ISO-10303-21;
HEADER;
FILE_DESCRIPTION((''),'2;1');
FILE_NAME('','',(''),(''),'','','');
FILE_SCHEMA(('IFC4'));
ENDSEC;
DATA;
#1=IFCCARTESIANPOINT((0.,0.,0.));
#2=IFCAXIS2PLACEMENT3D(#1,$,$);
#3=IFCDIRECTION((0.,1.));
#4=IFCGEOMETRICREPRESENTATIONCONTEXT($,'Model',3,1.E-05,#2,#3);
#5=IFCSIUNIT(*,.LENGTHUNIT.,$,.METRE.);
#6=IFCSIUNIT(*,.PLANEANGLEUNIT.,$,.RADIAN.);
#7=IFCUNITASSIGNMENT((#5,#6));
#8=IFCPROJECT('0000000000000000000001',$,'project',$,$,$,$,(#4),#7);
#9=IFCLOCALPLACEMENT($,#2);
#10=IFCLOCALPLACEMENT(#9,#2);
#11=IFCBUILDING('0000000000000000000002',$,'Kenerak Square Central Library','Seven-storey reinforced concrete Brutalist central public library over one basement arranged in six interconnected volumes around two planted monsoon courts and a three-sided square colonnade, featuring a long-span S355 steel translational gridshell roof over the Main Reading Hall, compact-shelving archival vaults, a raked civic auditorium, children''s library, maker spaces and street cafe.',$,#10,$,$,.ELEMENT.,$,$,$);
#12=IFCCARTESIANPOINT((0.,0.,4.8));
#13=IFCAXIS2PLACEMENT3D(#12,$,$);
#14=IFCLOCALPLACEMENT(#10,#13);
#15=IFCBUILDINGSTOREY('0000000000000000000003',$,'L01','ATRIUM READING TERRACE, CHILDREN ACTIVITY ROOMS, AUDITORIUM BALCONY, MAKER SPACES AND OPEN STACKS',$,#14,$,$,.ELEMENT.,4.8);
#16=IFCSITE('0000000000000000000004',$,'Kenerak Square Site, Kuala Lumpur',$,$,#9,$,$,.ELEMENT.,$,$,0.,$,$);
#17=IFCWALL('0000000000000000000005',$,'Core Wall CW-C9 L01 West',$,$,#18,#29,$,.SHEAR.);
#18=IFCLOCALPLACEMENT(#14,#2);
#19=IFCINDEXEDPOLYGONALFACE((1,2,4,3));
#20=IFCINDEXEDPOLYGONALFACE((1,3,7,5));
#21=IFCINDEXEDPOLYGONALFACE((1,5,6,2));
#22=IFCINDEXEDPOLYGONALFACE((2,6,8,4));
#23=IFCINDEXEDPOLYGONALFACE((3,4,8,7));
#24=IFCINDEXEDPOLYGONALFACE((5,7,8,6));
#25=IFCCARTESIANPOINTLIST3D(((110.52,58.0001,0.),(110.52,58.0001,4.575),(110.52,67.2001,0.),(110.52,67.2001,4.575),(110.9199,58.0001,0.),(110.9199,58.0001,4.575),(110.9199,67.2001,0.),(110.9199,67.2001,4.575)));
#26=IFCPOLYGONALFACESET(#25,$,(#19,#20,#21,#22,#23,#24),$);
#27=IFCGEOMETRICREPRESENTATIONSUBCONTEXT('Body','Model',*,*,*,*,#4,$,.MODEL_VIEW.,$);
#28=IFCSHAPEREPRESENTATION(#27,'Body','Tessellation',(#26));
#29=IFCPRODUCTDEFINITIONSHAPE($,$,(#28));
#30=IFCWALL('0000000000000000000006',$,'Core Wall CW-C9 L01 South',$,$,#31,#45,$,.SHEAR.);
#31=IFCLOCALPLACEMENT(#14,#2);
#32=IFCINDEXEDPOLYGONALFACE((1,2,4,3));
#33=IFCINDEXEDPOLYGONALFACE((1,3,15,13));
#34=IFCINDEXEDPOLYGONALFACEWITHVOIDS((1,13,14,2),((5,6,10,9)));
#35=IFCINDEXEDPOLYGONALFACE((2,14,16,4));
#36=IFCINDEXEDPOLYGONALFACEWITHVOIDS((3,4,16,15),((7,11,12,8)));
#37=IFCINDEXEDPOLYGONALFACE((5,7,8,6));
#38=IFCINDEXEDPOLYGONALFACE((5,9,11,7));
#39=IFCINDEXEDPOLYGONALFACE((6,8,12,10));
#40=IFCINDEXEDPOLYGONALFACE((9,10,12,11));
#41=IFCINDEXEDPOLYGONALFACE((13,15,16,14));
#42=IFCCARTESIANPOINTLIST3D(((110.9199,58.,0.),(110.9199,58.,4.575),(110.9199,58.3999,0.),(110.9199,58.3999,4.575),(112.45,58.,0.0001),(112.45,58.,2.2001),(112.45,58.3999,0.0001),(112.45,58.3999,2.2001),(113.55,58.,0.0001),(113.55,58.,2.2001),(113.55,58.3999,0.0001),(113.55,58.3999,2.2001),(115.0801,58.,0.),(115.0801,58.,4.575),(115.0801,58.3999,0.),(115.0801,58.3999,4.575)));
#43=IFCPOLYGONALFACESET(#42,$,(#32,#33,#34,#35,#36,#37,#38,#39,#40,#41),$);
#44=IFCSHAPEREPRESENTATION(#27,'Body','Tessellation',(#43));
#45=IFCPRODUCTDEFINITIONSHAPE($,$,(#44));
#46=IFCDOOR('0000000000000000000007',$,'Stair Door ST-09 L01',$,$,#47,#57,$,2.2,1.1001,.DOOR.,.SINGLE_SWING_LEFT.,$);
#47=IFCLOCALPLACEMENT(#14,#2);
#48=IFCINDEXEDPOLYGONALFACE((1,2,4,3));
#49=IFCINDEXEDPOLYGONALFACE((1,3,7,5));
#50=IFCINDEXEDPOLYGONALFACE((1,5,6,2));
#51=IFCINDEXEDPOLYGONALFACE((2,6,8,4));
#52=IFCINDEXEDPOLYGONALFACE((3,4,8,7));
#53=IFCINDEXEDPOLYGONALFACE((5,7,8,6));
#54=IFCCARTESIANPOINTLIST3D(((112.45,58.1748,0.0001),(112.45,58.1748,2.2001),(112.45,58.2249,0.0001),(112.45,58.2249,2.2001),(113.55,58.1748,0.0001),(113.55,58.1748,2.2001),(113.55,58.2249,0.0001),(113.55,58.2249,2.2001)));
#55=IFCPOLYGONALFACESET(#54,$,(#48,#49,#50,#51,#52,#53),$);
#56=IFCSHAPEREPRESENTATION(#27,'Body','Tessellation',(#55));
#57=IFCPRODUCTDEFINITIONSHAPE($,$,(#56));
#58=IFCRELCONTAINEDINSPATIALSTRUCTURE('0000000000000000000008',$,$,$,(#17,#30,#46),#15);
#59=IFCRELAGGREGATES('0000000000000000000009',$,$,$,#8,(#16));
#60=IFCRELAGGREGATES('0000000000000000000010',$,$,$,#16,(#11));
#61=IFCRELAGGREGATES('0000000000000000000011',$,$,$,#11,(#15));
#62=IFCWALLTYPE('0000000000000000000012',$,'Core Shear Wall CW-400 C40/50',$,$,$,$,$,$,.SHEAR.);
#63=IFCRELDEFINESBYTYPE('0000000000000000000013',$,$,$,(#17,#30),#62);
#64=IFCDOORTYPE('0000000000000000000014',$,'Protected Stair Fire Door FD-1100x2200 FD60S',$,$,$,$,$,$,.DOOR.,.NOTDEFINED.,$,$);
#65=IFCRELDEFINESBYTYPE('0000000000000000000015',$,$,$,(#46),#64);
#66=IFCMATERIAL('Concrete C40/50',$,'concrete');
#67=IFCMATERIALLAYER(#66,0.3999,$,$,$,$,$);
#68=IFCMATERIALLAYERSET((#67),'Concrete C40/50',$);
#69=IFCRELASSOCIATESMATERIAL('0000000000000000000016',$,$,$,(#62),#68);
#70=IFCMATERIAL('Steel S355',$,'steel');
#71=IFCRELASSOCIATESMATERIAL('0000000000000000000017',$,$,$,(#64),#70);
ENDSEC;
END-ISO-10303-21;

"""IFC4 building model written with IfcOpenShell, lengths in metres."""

from ifc_helpers import new_model, si_unit, direction, frame, frame_2d, origin, place, context, subcontext, project, spatial, rectangle, extrude, material, layer, layer_set, type_object, element, fill, save


model = new_model("IFC4")

# Units and contexts
model_context = context("Model", 3, precision=1e-05, world=origin(), true_north=direction((0.0, 1.0)))
body_context = subcontext(model_context, "Body", "Model", "MODEL_VIEW")
ifc_project = project(units=[si_unit("LENGTHUNIT", "METRE"), si_unit("PLANEANGLEUNIT", "RADIAN")], contexts=[model_context])

# Site, building, storey
site_placement = place(None, origin())
site = spatial("IfcSite", under=ifc_project, at=site_placement, Name="Kenerak Square Site, Kuala Lumpur", CompositionType="ELEMENT", RefElevation=0.0)
building_placement = place(site_placement, origin())
building = spatial("IfcBuilding", under=site, at=building_placement, Name="Kenerak Square Central Library", Description="Seven-storey reinforced concrete Brutalist central public library over one basement arranged in six interconnected volumes around two planted monsoon courts and a three-sided square colonnade, featuring a long-span S355 steel translational gridshell roof over the Main Reading Hall, compact-shelving archival vaults, a raked civic auditorium, children's library, maker spaces and street cafe.", CompositionType="ELEMENT")
storey_placement = place(building_placement, frame((0.0, 0.0, 4.8)))
storey = spatial("IfcBuildingStorey", under=building, at=storey_placement, Name="L01", Description="ATRIUM READING TERRACE, CHILDREN ACTIVITY ROOMS, AUDITORIUM BALCONY, MAKER SPACES AND OPEN STACKS", CompositionType="ELEMENT", Elevation=4.8)

# Shared definitions
ifc_material_1 = material(Name="Concrete C40/50", Category="concrete")

# Wall
ifc_layer_1 = layer(ifc_material_1, 0.3999)
ifc_layer_set_1 = layer_set([ifc_layer_1], Name="Concrete C40/50")
wall_type = type_object("IfcWallType", Name="Core Shear Wall CW-400 C40/50", PredefinedType="SHEAR", material=ifc_layer_set_1)
wall_1_placement = place(storey_placement, frame((110.72, 58.0, 0.0), z_axis=(0.0, 0.0, 1.0), x_axis=(0.0, 1.0, 0.0)))
element("IfcWall", 1, at=wall_1_placement, inside=storey, type_object=wall_type, Name="Core Wall CW-C9 L01 West", PredefinedType="SHEAR", context=body_context, shape_type="SweptSolid", body=[
    extrude(rectangle(XDim=9.2, YDim=0.3999, at=frame_2d((4.6001, 0.0))), origin(), (0.0, 0.0, 1.0), 4.575),
])

# Wall, opening, door
wall_2_placement = place(storey_placement, frame((115.0801, 58.2, 0.0), z_axis=(0.0, 0.0, 1.0), x_axis=(-1.0, 0.0, 0.0)))
wall_2 = element("IfcWall", 2, at=wall_2_placement, inside=storey, type_object=wall_type, Name="Core Wall CW-C9 L01 South", PredefinedType="SHEAR", context=body_context, shape_type="SweptSolid", body=[
    extrude(rectangle(XDim=4.1602, YDim=0.3999, at=frame_2d((2.0801, 0.0))), origin(), (0.0, 0.0, 1.0), 4.575),
])
opening_placement = place(wall_2_placement, frame((1.53, 0.0, 0.0)))
opening = element("IfcOpeningElement", 3, at=opening_placement, cuts=wall_2, PredefinedType="OPENING", context=body_context, shape_type="SweptSolid", body=[
    extrude(rectangle(XDim=1.1001, YDim=2.2, at=frame_2d((0.55, 1.1001))), frame((0.0, 0.21, 0.0), z_axis=(0.0, -1.0, 0.0), x_axis=(1.0, 0.0, 0.0)), (0.0, 0.0, 1.0), 0.4199),
])
ifc_material_2 = material(Name="Steel S355", Category="steel")
door_type = type_object("IfcDoorType", Name="Protected Stair Fire Door FD-1100x2200 FD60S", OperationType="NOTDEFINED", PredefinedType="DOOR", material=ifc_material_2)
door_placement = place(opening_placement, frame((1.1001, 0.0, 0.0), z_axis=(0.0, 0.0, 1.0), x_axis=(-1.0, 0.0, 0.0)))
door = element("IfcDoor", 4, at=door_placement, inside=storey, type_object=door_type, Name="Stair Door ST-09 L01", OperationType="SINGLE_SWING_LEFT", OverallHeight=2.2, OverallWidth=1.1001, PredefinedType="DOOR", context=body_context, shape_type="SweptSolid", body=[
    extrude(rectangle(XDim=1.1001, YDim=2.2, at=frame_2d((0.55, 1.1001))), frame((0.0, 0.0249, 0.0), z_axis=(0.0, -1.0, 0.0), x_axis=(1.0, 0.0, 0.0)), (0.0, 0.0, 1.0), 0.05),
])
fill(opening, door)

save(model, "model.ifc")
